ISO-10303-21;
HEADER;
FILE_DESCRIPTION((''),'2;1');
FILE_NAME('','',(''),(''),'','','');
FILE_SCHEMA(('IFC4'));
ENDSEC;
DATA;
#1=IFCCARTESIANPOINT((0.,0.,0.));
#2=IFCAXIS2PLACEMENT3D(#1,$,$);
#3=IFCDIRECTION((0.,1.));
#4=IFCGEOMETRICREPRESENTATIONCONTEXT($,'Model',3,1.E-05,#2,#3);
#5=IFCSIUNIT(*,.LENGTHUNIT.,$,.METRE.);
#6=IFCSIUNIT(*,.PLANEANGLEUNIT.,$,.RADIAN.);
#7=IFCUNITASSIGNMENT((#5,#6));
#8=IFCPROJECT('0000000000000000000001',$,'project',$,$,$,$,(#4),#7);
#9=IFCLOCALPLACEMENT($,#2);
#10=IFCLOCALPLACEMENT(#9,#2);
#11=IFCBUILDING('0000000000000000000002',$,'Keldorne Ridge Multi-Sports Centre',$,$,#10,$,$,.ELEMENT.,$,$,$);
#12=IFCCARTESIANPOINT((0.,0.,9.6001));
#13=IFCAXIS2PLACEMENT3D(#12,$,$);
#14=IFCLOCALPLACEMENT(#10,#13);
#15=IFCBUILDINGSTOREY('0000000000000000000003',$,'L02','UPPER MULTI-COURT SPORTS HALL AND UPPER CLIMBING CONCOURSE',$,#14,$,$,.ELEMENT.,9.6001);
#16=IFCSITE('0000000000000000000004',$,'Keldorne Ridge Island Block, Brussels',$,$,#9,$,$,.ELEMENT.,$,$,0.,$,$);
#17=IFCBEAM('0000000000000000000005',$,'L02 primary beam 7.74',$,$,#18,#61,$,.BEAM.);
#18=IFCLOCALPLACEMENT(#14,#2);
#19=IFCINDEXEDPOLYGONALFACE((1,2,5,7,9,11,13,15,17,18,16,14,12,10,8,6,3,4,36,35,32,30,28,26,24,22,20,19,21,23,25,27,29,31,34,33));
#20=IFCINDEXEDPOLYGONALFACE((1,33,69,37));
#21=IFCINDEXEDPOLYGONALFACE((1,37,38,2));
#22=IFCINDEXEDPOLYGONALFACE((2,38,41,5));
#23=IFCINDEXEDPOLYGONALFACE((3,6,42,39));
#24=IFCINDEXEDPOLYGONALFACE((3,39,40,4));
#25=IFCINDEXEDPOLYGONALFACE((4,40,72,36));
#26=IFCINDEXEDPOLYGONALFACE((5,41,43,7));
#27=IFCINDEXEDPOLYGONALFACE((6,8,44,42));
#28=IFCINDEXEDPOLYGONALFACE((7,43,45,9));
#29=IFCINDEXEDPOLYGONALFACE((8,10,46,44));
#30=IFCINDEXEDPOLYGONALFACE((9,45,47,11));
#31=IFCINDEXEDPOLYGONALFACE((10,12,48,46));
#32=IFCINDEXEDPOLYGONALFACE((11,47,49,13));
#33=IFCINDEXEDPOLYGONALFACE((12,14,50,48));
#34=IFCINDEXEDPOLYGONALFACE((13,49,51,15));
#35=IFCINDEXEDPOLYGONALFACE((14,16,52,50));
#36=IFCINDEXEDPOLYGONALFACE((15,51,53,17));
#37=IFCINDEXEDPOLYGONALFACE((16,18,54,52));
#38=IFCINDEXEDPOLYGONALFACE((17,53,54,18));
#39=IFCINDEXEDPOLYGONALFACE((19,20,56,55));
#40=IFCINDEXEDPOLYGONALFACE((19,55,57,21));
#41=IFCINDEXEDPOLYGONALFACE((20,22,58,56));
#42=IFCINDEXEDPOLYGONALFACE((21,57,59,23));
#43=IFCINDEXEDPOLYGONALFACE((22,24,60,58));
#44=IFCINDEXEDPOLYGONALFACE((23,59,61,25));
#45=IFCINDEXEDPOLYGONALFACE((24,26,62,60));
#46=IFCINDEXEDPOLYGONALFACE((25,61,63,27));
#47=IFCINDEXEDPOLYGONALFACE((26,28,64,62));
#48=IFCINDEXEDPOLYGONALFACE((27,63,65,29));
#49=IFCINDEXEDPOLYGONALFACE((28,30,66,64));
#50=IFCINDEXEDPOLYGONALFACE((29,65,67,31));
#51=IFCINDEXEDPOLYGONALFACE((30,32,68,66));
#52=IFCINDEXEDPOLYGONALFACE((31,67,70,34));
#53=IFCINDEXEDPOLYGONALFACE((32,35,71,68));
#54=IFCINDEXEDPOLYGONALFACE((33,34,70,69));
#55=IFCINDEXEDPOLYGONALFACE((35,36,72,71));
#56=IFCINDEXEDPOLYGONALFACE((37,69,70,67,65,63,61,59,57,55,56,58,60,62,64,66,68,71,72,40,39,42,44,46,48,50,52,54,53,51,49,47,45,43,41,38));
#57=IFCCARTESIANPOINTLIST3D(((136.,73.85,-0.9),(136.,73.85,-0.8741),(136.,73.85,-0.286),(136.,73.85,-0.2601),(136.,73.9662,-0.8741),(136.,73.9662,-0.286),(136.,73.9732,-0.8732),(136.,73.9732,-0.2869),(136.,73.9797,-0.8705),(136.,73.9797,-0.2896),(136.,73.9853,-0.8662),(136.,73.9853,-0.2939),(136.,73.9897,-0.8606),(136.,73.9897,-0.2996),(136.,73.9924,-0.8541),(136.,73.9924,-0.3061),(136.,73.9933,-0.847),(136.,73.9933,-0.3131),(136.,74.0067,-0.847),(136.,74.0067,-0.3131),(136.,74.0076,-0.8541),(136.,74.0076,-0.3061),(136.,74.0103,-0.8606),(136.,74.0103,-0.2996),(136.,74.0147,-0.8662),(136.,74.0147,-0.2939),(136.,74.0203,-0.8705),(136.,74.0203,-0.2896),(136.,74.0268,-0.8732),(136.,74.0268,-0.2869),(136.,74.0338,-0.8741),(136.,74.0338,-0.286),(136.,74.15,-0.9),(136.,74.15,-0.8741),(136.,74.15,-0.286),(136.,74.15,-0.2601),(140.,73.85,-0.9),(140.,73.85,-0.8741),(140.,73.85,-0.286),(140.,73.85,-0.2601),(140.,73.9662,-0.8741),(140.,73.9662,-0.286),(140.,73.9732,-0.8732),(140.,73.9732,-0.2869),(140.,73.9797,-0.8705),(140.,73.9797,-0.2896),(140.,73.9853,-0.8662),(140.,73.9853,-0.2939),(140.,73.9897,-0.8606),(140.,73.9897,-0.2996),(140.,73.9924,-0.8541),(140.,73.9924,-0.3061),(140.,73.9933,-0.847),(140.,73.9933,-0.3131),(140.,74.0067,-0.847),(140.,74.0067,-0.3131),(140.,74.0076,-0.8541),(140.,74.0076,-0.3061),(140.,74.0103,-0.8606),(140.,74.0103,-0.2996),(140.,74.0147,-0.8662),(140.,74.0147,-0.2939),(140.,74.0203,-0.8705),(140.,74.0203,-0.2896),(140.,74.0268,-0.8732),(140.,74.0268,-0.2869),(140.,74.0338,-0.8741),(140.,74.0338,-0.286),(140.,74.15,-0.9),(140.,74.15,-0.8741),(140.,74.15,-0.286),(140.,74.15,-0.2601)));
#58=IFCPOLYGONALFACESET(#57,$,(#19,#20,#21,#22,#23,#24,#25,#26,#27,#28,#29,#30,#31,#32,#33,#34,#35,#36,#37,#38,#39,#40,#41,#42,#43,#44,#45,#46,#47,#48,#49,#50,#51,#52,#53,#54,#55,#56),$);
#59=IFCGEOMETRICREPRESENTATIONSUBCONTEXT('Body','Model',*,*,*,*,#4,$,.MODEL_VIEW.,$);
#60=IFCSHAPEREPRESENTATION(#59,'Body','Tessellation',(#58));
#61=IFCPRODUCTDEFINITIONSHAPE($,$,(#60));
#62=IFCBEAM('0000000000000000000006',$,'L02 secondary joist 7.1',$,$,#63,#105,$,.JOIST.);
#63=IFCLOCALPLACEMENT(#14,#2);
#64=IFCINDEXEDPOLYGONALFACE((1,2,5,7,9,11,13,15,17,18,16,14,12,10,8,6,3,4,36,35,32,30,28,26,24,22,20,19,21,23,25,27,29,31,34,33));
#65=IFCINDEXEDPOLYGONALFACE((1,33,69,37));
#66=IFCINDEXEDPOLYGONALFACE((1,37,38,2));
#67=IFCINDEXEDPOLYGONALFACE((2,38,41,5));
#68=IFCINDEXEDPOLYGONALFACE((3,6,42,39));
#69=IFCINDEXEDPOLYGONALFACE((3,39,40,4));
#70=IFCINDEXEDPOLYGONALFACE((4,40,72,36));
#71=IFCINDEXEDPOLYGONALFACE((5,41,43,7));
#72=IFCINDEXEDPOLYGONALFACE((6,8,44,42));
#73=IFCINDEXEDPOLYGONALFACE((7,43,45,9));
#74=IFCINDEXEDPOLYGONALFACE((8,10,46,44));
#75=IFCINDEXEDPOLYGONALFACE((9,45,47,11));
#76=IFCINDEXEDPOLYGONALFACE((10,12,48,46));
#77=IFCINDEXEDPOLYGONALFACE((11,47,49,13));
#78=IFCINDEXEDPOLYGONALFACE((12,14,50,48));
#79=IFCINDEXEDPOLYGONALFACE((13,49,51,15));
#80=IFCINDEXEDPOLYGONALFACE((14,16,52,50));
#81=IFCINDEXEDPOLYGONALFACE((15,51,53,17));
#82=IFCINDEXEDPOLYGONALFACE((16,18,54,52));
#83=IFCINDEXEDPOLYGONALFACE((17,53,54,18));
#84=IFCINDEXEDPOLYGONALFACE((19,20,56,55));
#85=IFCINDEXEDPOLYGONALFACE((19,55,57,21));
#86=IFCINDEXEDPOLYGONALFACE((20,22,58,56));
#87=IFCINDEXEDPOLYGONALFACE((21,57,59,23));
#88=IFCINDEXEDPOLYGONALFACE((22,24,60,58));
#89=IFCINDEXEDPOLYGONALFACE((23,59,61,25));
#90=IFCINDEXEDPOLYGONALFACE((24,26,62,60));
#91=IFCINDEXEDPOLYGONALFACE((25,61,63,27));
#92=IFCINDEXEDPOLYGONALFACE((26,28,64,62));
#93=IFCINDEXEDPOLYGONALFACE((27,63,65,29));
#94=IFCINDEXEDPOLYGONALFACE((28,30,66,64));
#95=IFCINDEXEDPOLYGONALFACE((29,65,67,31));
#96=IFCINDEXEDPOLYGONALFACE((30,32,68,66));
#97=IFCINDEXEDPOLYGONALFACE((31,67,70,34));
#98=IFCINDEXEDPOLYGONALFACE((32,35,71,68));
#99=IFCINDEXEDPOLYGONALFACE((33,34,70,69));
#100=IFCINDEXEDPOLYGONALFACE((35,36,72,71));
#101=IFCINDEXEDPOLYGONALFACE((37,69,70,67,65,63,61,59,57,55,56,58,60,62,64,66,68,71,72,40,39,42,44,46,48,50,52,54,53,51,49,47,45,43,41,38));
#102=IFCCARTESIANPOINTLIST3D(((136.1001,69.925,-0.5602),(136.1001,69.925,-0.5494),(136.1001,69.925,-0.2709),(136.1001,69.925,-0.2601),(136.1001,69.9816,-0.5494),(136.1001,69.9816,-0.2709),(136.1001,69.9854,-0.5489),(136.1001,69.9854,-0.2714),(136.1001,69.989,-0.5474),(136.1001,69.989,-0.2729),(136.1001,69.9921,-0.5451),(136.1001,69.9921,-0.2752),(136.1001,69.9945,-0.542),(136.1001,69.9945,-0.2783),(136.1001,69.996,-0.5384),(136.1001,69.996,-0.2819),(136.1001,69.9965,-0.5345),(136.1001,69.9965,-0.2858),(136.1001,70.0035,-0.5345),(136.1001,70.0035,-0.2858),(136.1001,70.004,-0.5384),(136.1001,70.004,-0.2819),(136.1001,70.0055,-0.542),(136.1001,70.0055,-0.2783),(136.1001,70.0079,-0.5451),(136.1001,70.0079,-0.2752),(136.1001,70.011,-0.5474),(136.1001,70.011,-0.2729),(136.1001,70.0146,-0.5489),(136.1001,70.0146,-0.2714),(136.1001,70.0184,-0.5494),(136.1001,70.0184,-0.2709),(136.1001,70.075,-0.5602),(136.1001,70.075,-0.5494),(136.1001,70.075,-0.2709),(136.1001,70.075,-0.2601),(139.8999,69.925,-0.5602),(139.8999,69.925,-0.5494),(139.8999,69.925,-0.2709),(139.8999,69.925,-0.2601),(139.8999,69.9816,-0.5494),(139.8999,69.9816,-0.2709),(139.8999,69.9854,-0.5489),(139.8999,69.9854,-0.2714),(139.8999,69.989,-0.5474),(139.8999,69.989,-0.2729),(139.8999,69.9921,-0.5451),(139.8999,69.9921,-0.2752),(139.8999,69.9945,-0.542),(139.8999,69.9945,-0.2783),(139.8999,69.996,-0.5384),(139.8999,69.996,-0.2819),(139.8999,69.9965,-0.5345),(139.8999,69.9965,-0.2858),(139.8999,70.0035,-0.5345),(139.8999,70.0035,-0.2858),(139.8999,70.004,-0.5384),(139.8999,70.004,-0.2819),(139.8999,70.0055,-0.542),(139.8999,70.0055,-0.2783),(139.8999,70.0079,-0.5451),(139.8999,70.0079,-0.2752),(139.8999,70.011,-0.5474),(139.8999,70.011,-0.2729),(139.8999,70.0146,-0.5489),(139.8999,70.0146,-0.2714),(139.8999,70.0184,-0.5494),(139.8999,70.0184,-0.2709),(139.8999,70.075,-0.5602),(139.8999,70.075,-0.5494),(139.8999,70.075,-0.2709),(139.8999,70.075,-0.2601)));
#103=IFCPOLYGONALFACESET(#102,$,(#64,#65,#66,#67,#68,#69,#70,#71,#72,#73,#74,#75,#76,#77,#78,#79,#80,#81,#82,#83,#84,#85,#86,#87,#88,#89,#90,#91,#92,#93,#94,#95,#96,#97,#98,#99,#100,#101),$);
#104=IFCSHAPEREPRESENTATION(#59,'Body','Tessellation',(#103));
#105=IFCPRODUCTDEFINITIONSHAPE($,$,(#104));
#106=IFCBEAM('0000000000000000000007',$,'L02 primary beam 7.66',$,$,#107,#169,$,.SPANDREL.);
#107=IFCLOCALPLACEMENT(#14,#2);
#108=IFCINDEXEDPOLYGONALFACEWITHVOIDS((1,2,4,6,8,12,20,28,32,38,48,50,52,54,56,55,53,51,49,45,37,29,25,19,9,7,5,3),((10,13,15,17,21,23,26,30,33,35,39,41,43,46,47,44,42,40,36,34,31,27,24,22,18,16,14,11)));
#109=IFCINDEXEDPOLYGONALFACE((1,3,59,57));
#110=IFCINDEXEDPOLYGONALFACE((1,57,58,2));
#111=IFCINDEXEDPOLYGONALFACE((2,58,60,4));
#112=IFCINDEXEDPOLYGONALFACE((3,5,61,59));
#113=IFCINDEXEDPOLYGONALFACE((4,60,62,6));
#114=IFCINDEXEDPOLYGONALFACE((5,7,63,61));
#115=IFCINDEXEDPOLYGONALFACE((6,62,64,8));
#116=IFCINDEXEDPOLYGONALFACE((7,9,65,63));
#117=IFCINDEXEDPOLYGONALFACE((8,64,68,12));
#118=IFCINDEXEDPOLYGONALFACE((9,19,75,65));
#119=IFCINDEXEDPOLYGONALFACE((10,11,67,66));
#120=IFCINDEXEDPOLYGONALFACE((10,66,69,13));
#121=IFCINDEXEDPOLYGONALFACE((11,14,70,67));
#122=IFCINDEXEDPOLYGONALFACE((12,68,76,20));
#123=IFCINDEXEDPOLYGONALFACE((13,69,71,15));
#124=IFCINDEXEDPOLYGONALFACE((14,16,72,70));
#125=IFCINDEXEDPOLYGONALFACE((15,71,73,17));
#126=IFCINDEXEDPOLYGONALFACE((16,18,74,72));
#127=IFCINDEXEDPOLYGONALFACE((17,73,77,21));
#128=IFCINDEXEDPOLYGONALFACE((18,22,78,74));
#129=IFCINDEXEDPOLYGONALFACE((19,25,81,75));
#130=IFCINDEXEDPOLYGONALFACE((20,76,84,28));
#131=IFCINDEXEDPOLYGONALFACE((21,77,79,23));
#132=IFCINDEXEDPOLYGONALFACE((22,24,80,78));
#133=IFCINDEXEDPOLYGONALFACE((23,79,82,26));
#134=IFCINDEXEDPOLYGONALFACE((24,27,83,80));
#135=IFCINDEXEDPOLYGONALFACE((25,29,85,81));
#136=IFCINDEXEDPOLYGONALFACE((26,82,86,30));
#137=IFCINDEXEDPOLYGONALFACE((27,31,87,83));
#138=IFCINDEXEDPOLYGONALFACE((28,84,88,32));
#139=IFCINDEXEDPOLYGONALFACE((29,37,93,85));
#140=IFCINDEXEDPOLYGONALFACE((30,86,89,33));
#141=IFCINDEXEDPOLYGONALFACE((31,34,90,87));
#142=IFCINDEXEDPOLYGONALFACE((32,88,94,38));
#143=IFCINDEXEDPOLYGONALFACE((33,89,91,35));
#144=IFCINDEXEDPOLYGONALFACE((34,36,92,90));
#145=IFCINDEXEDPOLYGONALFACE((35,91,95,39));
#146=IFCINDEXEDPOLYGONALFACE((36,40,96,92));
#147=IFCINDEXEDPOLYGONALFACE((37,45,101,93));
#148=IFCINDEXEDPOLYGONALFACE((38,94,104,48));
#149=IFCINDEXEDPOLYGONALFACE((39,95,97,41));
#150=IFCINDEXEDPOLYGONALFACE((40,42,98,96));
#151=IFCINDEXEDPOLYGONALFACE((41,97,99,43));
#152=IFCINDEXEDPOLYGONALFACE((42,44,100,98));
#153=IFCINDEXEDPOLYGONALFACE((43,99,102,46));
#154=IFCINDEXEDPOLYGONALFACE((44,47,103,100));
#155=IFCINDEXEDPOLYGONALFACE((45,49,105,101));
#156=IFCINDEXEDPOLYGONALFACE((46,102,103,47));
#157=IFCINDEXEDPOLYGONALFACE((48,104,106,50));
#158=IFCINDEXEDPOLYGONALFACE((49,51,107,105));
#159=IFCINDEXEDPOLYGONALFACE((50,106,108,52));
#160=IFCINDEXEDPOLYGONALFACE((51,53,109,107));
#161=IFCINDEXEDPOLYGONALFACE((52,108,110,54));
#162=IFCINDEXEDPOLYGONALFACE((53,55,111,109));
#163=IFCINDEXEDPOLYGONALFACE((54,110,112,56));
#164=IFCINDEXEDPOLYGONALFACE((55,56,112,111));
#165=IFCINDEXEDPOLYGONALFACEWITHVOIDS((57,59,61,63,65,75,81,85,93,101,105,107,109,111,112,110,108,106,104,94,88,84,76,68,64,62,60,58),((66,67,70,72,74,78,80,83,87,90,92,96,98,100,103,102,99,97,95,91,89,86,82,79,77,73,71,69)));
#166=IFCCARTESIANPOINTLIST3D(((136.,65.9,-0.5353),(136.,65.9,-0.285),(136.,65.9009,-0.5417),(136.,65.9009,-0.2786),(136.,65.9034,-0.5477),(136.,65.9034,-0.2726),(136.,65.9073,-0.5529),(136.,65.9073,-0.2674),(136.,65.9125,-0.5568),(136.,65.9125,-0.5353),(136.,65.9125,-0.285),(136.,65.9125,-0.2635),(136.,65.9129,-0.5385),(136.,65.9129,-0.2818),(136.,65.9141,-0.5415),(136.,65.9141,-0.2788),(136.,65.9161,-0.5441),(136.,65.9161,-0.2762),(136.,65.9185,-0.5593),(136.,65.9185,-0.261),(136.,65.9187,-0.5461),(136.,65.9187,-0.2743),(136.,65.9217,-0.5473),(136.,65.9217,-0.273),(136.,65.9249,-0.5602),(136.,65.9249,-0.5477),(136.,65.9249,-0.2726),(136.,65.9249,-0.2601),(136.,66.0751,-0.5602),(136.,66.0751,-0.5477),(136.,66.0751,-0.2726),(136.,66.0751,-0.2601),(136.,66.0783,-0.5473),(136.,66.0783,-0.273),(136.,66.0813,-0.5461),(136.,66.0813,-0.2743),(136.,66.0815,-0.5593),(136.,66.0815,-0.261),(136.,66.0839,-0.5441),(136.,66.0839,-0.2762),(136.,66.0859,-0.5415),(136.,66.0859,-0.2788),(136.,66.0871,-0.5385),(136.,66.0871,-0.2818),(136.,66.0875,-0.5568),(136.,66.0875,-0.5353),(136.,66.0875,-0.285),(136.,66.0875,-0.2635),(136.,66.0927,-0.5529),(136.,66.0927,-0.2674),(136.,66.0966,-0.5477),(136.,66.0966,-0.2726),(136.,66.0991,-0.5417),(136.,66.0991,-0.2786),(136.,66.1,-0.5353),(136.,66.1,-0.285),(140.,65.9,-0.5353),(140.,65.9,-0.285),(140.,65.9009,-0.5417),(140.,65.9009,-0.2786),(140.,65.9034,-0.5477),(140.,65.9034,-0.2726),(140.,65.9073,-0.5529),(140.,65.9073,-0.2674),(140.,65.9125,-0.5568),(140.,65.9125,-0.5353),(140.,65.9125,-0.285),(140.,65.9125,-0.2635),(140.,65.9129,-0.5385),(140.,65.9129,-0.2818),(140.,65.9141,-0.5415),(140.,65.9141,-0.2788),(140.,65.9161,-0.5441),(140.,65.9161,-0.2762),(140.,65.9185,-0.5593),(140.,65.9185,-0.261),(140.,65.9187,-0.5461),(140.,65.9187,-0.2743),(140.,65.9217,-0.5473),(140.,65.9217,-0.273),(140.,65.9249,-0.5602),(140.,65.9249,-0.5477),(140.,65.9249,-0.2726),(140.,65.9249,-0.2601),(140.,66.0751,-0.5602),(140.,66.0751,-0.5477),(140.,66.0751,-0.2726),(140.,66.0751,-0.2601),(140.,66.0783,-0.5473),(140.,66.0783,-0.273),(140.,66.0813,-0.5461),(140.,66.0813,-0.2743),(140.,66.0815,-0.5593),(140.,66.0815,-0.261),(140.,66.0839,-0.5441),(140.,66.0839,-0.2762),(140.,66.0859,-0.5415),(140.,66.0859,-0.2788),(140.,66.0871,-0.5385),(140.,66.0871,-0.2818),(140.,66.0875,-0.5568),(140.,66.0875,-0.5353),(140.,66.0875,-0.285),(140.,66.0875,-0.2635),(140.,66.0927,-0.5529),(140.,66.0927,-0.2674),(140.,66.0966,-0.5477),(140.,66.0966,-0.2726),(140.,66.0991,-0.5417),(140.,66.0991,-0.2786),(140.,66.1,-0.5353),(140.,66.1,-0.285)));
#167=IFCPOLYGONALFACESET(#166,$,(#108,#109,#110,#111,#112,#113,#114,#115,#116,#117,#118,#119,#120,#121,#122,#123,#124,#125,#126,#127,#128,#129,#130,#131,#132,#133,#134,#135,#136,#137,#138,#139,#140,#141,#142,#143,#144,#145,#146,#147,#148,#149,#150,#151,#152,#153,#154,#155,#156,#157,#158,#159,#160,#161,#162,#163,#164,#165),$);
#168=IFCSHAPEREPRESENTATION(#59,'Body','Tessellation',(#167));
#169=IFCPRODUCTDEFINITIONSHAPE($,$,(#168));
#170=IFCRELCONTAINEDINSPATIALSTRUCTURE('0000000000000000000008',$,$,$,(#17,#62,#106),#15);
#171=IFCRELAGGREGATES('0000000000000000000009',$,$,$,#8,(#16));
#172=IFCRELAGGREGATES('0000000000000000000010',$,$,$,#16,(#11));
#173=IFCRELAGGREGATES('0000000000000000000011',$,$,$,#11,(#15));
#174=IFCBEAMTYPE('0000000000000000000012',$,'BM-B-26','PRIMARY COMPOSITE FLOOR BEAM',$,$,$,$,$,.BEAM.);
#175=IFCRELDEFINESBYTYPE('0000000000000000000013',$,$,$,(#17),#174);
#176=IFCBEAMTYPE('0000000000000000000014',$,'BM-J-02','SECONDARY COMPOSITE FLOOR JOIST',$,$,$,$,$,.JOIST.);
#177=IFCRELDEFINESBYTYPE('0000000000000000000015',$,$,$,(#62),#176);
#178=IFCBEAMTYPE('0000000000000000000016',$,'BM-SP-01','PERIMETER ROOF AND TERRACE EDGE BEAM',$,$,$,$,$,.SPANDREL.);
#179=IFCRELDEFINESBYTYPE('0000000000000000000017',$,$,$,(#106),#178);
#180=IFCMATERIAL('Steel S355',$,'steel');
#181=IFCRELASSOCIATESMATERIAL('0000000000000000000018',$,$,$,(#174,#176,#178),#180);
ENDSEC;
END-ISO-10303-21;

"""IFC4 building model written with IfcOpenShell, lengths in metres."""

from ifc_helpers import new_model, si_unit, direction, frame, origin, origin_2d, place, context, subcontext, project, spatial, hollow_rectangle, i_section, extrude, material, material_profile, profile_set, type_object, element, save


model = new_model("IFC4")

# Units and contexts
model_context = context("Model", 3, precision=1e-05, world=origin(), true_north=direction((0.0, 1.0)))
body_context = subcontext(model_context, "Body", "Model", "MODEL_VIEW")
ifc_project = project(units=[si_unit("LENGTHUNIT", "METRE"), si_unit("PLANEANGLEUNIT", "RADIAN")], contexts=[model_context])

# Site, building, storey
site_placement = place(None, origin())
site = spatial("IfcSite", under=ifc_project, at=site_placement, Name="Keldorne Ridge Island Block, Brussels", CompositionType="ELEMENT", RefElevation=0.0)
building_placement = place(site_placement, origin())
building = spatial("IfcBuilding", under=site, at=building_placement, Name="Keldorne Ridge Multi-Sports Centre", CompositionType="ELEMENT")
storey_placement = place(building_placement, frame((0.0, 0.0, 9.6001)))
storey = spatial("IfcBuildingStorey", under=building, at=storey_placement, Name="L02", Description="UPPER MULTI-COURT SPORTS HALL AND UPPER CLIMBING CONCOURSE", CompositionType="ELEMENT", Elevation=9.6001)

# Shared definitions
ifc_material_1 = material(Name="Steel S355", Category="steel")

# Beams
ifc_material_profile_1 = material_profile(ifc_material_1, i_section(OverallWidth=0.3, OverallDepth=0.6399, WebThickness=0.0134, FlangeThickness=0.0259, FilletRadius=0.0271, at=origin_2d()), Name="HEA 650")
ifc_profile_set_1 = profile_set([ifc_material_profile_1], Name="Steel S355")
beam_type_1 = type_object("IfcBeamType", Name="BM-B-26", Description="PRIMARY COMPOSITE FLOOR BEAM", PredefinedType="BEAM", material=ifc_profile_set_1)
beam_1_placement = place(storey_placement, frame((136.0, 74.0, -0.5801), z_axis=(1.0, 0.0, 0.0), x_axis=(0.0, 1.0, 0.0)))
element("IfcBeam", 1, at=beam_1_placement, inside=storey, type_object=beam_type_1, Name="L02 primary beam 7.74", PredefinedType="BEAM", context=body_context, shape_type="SweptSolid", body=[
    extrude(i_section(OverallWidth=0.3, OverallDepth=0.6399, WebThickness=0.0134, FlangeThickness=0.0259, FilletRadius=0.0271, at=origin_2d()), origin(), (0.0, 0.0, 1.0), 4.0),
])
ifc_material_profile_2 = material_profile(ifc_material_1, i_section(OverallWidth=0.1499, OverallDepth=0.3, WebThickness=0.0071, FlangeThickness=0.0107, FilletRadius=0.0149, at=origin_2d()), Name="IPE 300")
ifc_profile_set_2 = profile_set([ifc_material_profile_2], Name="Steel S355")
beam_type_2 = type_object("IfcBeamType", Name="BM-J-02", Description="SECONDARY COMPOSITE FLOOR JOIST", PredefinedType="JOIST", material=ifc_profile_set_2)
beam_2_placement = place(storey_placement, frame((136.1001, 70.0, -0.4102), z_axis=(1.0, 0.0, 0.0), x_axis=(0.0, 1.0, 0.0)))
element("IfcBeam", 2, at=beam_2_placement, inside=storey, type_object=beam_type_2, Name="L02 secondary joist 7.1", PredefinedType="JOIST", context=body_context, shape_type="SweptSolid", body=[
    extrude(i_section(OverallWidth=0.1499, OverallDepth=0.3, WebThickness=0.0071, FlangeThickness=0.0107, FilletRadius=0.0149, at=origin_2d()), origin(), (0.0, 0.0, 1.0), 3.7998),
])
ifc_material_profile_3 = material_profile(ifc_material_1, hollow_rectangle(XDim=0.2, YDim=0.3, WallThickness=0.0125, InnerFilletRadius=0.0125, OuterFilletRadius=0.0249, at=origin_2d()), Name="RHS 300x200x12.5")
ifc_profile_set_3 = profile_set([ifc_material_profile_3], Name="Steel S355")
beam_type_3 = type_object("IfcBeamType", Name="BM-SP-01", Description="PERIMETER ROOF AND TERRACE EDGE BEAM", PredefinedType="SPANDREL", material=ifc_profile_set_3)
beam_3_placement = place(storey_placement, frame((136.0, 66.0, -0.4102), z_axis=(1.0, 0.0, 0.0), x_axis=(0.0, 1.0, 0.0)))
element("IfcBeam", 3, at=beam_3_placement, inside=storey, type_object=beam_type_3, Name="L02 primary beam 7.66", PredefinedType="SPANDREL", context=body_context, shape_type="SweptSolid", body=[
    extrude(hollow_rectangle(XDim=0.2, YDim=0.3, WallThickness=0.0125, InnerFilletRadius=0.0125, OuterFilletRadius=0.0249, at=origin_2d()), origin(), (0.0, 0.0, 1.0), 4.0),
])

save(model, "model.ifc")
